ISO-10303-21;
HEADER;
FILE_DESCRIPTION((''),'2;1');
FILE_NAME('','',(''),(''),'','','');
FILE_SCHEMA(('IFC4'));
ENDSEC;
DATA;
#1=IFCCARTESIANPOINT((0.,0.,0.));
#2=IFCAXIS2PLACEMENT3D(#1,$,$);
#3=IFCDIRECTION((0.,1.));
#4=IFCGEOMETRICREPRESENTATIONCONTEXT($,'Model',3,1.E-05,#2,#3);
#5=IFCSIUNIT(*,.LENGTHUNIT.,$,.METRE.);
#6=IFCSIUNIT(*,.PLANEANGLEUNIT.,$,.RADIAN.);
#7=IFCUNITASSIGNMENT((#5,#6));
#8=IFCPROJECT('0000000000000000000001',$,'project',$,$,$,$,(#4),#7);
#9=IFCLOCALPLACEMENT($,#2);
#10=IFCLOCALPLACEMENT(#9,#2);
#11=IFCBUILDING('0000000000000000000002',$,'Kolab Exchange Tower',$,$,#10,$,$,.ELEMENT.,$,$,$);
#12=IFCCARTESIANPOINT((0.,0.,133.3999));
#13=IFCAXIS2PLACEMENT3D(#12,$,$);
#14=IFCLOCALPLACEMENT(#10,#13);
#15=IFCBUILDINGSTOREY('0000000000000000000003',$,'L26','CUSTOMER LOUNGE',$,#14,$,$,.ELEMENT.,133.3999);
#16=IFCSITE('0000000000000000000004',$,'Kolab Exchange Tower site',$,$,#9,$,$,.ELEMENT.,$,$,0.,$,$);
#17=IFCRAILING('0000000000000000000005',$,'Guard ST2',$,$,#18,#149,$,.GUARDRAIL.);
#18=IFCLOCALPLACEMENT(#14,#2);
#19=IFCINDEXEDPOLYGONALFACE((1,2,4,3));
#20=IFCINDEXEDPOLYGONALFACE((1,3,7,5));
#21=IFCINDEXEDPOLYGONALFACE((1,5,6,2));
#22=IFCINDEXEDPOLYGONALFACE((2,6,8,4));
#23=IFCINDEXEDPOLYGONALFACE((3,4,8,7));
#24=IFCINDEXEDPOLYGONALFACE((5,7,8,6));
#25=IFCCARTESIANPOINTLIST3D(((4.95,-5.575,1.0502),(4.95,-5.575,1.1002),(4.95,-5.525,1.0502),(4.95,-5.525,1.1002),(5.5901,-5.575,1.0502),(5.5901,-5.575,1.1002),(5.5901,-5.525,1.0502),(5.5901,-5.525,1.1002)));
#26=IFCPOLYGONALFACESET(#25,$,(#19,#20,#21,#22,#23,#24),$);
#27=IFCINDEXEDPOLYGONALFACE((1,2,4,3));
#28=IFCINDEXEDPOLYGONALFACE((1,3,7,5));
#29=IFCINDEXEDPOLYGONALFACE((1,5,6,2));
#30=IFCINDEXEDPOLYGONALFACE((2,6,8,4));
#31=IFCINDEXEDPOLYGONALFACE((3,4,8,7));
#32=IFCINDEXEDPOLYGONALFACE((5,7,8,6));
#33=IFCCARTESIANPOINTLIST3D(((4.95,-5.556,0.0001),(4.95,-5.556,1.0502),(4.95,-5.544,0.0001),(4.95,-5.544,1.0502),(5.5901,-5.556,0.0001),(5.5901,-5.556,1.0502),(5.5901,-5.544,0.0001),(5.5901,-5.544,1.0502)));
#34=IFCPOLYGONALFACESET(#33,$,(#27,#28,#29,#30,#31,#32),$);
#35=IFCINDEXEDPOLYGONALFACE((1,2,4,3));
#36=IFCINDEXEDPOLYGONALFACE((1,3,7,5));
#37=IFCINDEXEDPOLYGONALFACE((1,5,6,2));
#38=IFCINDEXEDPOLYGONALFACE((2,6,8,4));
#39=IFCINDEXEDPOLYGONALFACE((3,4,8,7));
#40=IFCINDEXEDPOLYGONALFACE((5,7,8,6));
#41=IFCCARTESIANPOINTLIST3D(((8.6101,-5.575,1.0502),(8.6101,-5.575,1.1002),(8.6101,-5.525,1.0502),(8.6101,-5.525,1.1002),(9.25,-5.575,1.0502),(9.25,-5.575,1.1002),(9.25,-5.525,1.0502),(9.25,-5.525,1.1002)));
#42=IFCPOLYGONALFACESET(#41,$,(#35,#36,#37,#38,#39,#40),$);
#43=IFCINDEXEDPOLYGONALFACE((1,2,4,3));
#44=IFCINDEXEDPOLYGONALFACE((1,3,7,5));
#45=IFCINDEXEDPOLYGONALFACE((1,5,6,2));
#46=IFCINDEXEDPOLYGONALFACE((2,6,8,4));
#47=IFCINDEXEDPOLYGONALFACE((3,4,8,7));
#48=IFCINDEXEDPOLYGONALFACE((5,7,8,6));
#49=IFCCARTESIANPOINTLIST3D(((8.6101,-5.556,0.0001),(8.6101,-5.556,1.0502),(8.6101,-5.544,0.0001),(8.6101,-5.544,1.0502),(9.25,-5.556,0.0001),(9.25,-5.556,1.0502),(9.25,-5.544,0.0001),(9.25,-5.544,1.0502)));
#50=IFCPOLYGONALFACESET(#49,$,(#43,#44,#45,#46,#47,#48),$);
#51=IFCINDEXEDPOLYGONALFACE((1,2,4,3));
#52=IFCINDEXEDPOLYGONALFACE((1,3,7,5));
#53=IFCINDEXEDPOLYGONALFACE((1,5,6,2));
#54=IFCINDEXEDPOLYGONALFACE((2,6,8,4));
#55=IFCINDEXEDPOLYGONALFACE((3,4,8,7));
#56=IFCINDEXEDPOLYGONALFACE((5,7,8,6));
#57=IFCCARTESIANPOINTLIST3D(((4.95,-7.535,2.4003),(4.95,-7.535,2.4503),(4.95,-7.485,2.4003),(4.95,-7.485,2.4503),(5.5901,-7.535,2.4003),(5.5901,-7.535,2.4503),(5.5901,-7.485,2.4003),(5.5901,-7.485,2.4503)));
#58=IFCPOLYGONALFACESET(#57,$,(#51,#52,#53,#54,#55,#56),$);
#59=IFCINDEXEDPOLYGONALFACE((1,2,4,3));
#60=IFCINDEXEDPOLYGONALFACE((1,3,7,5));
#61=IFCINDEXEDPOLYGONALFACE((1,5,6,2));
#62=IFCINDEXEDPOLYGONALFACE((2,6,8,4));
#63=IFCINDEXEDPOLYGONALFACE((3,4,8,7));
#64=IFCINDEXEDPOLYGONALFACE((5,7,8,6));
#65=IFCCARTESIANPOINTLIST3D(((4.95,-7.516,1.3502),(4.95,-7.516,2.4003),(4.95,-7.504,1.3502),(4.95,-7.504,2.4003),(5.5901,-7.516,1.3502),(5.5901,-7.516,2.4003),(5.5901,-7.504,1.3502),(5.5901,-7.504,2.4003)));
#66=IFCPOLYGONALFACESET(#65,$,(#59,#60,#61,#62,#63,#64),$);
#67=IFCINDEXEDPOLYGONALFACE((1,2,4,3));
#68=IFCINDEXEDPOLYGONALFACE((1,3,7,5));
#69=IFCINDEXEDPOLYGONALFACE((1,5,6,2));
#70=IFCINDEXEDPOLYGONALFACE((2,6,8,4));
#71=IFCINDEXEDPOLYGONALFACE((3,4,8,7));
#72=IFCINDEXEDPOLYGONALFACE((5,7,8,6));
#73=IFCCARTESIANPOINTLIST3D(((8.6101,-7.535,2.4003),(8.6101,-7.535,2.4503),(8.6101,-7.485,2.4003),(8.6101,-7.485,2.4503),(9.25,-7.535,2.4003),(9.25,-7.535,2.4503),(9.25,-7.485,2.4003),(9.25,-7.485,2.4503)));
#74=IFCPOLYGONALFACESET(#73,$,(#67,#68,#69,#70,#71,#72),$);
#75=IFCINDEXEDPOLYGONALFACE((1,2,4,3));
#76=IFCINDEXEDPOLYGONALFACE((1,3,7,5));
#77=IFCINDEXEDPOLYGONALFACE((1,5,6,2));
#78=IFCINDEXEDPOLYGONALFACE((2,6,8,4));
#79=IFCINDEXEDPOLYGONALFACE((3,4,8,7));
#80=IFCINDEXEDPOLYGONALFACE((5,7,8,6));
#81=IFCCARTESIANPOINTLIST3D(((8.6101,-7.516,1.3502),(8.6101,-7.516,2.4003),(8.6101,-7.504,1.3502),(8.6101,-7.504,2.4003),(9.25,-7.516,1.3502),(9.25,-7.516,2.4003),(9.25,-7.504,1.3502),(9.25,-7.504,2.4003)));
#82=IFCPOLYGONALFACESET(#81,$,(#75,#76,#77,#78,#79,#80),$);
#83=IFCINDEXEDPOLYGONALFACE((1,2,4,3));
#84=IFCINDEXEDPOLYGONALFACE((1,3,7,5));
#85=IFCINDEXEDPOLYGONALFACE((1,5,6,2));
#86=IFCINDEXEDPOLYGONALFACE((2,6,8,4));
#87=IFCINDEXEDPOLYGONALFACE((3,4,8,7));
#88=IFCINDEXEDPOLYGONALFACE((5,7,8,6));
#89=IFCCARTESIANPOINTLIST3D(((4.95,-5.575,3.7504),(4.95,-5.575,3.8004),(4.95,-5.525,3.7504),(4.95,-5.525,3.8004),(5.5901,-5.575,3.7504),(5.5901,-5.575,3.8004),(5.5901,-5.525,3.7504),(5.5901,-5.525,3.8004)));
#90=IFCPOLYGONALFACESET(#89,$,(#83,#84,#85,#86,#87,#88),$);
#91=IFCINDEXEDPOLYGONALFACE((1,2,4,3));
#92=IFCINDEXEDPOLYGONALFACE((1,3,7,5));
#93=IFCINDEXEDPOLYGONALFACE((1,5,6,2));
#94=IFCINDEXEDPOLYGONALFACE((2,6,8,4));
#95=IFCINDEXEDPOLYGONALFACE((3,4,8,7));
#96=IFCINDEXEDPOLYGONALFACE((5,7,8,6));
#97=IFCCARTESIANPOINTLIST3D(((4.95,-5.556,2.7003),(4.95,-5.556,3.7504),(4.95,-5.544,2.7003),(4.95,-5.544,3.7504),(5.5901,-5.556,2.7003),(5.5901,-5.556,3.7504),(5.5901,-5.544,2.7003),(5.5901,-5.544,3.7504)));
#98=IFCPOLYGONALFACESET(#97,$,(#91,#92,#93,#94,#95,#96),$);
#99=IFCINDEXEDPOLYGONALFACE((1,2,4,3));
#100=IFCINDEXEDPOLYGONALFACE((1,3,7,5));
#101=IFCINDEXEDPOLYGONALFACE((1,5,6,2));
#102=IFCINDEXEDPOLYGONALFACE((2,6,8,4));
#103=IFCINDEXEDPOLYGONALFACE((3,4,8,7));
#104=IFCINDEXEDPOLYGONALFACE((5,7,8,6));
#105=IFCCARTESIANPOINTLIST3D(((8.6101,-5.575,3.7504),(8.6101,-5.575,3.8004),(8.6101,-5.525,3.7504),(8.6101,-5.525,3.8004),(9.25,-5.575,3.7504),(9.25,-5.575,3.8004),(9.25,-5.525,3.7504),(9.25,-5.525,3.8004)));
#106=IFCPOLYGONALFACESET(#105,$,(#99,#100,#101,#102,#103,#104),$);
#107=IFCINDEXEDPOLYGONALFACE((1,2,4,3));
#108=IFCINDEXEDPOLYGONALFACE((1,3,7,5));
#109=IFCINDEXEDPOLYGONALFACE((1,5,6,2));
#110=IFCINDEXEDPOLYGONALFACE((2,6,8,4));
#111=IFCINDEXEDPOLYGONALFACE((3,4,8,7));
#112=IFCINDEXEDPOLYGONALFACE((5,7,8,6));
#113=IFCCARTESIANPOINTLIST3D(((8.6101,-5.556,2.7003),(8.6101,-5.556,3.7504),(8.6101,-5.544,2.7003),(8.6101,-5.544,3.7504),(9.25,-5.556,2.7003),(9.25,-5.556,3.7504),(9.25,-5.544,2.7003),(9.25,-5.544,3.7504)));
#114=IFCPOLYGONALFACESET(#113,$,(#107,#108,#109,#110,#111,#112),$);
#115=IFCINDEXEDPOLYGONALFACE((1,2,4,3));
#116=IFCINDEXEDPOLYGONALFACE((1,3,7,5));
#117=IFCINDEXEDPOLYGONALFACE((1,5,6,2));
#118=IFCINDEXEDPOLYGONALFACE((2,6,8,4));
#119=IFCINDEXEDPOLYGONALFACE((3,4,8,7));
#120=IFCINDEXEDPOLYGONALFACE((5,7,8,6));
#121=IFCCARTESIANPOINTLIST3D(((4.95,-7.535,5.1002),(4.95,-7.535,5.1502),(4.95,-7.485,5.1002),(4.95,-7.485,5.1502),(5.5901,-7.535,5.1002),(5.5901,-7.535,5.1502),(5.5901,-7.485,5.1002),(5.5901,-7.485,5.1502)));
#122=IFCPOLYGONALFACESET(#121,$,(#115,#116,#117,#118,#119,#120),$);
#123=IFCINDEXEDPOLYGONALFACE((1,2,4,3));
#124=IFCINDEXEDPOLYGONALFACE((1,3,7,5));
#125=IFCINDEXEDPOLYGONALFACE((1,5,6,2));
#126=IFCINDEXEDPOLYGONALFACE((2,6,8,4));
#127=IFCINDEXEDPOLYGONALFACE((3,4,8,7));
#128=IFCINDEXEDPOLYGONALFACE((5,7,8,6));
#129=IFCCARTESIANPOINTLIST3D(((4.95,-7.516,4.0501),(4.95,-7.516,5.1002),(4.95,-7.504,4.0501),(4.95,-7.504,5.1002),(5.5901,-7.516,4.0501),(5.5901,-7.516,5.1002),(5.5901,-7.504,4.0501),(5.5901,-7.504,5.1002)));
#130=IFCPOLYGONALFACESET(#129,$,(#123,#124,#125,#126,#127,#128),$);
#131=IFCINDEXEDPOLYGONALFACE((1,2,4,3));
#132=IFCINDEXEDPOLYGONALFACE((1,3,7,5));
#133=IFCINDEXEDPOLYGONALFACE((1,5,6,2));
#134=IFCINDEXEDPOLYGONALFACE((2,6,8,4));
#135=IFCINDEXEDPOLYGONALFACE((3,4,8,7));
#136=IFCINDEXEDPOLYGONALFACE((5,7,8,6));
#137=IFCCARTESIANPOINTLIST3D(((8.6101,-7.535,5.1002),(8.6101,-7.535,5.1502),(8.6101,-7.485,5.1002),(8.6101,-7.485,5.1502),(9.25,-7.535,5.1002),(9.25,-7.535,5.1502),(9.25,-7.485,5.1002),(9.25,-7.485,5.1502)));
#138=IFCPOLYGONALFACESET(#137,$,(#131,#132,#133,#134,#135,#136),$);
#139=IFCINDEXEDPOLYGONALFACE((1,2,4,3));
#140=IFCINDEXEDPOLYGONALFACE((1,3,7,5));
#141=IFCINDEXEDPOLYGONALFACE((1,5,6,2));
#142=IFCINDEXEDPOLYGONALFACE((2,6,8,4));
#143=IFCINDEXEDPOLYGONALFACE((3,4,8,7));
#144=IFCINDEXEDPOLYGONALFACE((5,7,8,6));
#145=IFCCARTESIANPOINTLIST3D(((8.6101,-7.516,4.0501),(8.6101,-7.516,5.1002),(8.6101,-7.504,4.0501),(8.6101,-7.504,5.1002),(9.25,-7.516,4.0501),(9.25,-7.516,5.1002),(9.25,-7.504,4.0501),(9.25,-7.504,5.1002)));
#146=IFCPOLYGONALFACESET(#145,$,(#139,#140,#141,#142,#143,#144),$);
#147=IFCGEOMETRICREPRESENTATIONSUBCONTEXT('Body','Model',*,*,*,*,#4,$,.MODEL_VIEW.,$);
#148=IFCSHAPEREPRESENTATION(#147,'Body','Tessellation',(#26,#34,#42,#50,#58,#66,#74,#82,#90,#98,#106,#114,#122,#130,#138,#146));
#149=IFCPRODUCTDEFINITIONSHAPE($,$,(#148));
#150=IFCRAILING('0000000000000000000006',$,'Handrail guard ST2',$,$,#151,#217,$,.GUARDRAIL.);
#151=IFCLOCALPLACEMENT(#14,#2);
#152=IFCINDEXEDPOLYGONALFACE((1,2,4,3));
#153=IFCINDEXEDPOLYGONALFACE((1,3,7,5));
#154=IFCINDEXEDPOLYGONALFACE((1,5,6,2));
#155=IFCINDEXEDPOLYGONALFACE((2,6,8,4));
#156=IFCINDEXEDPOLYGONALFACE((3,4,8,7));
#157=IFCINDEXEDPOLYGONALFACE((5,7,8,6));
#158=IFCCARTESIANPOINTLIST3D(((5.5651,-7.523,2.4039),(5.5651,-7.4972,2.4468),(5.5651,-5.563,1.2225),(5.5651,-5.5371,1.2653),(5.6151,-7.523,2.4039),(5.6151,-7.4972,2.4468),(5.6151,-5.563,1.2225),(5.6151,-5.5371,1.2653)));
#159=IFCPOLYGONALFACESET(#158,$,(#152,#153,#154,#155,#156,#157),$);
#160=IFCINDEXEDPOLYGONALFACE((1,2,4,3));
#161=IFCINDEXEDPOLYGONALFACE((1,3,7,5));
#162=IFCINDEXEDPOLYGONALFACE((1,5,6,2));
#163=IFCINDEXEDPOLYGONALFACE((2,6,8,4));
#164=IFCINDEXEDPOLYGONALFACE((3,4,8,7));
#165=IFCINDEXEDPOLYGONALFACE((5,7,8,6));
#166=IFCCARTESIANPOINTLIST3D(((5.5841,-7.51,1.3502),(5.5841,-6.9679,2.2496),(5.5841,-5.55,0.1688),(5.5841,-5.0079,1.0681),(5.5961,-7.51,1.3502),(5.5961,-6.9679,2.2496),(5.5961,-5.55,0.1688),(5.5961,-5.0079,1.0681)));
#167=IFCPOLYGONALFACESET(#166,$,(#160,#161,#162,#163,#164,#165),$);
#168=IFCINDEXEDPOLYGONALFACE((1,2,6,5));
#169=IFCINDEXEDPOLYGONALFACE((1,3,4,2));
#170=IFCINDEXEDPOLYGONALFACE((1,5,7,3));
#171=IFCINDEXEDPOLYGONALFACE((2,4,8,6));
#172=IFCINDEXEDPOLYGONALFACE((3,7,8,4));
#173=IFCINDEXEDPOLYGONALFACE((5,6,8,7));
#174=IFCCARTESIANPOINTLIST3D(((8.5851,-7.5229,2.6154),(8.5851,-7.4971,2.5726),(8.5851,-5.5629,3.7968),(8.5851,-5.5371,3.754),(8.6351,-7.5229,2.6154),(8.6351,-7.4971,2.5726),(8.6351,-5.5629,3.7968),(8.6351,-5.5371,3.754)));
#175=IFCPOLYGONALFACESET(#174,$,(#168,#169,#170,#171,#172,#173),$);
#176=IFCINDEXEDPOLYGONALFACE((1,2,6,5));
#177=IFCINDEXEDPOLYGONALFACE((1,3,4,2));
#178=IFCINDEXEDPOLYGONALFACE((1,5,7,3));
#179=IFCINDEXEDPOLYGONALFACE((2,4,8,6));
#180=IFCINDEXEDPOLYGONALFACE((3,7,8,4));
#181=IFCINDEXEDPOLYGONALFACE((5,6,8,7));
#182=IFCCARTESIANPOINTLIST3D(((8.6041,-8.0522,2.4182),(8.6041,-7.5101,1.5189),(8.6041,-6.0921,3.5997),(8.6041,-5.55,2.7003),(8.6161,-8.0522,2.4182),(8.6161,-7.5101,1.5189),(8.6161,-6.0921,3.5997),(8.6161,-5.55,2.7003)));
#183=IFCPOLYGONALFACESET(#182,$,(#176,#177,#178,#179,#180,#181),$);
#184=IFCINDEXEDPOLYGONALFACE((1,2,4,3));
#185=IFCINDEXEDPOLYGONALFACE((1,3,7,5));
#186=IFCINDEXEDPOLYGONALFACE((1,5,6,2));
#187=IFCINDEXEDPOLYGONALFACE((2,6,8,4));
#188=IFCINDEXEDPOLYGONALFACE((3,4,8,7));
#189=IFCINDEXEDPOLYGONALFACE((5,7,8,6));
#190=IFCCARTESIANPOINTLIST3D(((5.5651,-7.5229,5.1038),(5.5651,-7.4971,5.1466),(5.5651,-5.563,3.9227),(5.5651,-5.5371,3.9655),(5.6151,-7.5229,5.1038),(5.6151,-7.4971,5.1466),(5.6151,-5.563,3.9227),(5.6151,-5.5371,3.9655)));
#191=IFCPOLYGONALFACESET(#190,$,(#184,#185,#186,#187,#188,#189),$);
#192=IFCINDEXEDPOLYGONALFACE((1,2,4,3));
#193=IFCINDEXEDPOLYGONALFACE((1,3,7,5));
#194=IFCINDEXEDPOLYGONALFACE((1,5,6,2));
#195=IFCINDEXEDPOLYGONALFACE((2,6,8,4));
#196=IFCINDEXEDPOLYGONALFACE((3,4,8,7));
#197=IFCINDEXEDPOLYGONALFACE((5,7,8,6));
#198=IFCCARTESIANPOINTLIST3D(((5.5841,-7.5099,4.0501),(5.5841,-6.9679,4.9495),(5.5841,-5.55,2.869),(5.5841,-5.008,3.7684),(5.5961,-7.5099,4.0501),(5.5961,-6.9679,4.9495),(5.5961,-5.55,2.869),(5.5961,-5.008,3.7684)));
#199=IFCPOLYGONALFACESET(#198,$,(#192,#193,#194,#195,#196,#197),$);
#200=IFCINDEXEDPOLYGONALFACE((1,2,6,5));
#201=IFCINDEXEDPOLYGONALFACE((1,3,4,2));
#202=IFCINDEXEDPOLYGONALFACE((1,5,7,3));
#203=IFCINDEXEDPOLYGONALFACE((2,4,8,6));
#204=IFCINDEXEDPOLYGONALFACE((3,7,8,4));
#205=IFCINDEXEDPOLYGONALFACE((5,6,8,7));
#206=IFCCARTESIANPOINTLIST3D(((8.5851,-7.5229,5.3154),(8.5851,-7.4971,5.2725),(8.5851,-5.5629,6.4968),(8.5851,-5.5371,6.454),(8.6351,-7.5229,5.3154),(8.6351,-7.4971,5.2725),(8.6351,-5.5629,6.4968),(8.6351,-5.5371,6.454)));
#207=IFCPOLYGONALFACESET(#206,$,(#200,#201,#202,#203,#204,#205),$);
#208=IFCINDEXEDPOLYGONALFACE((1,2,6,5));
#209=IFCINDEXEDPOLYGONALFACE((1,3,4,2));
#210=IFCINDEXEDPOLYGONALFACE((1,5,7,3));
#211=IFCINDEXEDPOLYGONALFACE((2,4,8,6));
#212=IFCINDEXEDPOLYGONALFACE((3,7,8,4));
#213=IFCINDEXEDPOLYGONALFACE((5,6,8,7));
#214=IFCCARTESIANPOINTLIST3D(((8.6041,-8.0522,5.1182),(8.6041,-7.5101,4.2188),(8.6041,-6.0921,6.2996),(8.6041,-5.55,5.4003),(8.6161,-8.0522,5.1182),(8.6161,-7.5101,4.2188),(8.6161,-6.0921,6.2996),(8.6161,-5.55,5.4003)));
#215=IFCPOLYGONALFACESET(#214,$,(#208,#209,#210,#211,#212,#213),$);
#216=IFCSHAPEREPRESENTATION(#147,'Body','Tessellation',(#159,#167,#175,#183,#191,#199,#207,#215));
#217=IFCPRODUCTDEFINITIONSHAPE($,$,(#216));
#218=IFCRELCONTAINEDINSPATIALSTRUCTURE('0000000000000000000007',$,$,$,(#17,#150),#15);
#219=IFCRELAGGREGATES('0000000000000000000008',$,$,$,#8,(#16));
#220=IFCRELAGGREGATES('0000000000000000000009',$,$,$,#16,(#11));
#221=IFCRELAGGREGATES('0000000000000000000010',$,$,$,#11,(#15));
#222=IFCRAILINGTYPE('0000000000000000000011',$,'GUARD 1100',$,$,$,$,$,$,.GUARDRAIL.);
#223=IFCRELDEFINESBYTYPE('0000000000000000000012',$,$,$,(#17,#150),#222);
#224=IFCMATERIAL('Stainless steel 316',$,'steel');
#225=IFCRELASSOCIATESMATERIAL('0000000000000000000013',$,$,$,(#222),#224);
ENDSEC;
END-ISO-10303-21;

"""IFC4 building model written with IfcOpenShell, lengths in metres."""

from ifc_helpers import new_model, si_unit, direction, frame, frame_2d, origin, origin_2d, place, context, subcontext, project, spatial, rectangle, extrude, material, type_object, element, save


model = new_model("IFC4")

# Units and contexts
model_context = context("Model", 3, precision=1e-05, world=origin(), true_north=direction((0.0, 1.0)))
body_context = subcontext(model_context, "Body", "Model", "MODEL_VIEW")
ifc_project = project(units=[si_unit("LENGTHUNIT", "METRE"), si_unit("PLANEANGLEUNIT", "RADIAN")], contexts=[model_context])

# Site, building, storey
site_placement = place(None, origin())
site = spatial("IfcSite", under=ifc_project, at=site_placement, Name="Kolab Exchange Tower site", CompositionType="ELEMENT", RefElevation=0.0)
building_placement = place(site_placement, origin())
building = spatial("IfcBuilding", under=site, at=building_placement, Name="Kolab Exchange Tower", CompositionType="ELEMENT")
storey_placement = place(building_placement, frame((0.0, 0.0, 133.3999)))
storey = spatial("IfcBuildingStorey", under=building, at=storey_placement, Name="L26", Description="CUSTOMER LOUNGE", CompositionType="ELEMENT", Elevation=133.3999)

# Shared definitions
ifc_material_1 = material(Name="Stainless steel 316", Category="steel")

# Railings
railing_type = type_object("IfcRailingType", Name="GUARD 1100", PredefinedType="GUARDRAIL", material=ifc_material_1)
railing_1_placement = place(storey_placement, frame((4.95, -5.55, 0.0)))
element("IfcRailing", 1, at=railing_1_placement, inside=storey, type_object=railing_type, Name="Guard ST2", PredefinedType="GUARDRAIL", context=body_context, shape_type="SweptSolid", body=[
    extrude(rectangle(XDim=0.05, YDim=0.05, at=origin_2d()), frame((0.0, 0.0, 1.0752), z_axis=(1.0, 0.0, 0.0), x_axis=(0.0, 1.0, 0.0)), (0.0, 0.0, 1.0), 0.6401),
    extrude(rectangle(XDim=0.012, YDim=1.0501, at=frame_2d((0.0, 0.5251))), frame((0.0, 0.0, 0.0), z_axis=(1.0, 0.0, 0.0), x_axis=(0.0, 1.0, 0.0)), (0.0, 0.0, 1.0), 0.6401),
    extrude(rectangle(XDim=0.05, YDim=0.05, at=origin_2d()), frame((3.6602, 0.0, 1.0752), z_axis=(1.0, 0.0, 0.0), x_axis=(0.0, 1.0, 0.0)), (0.0, 0.0, 1.0), 0.6399),
    extrude(rectangle(XDim=0.012, YDim=1.0501, at=frame_2d((0.0, 0.5251))), frame((3.6602, 0.0, 0.0), z_axis=(1.0, 0.0, 0.0), x_axis=(0.0, 1.0, 0.0)), (0.0, 0.0, 1.0), 0.6399),
    extrude(rectangle(XDim=0.05, YDim=0.05, at=origin_2d()), frame((0.0, -1.96, 2.4253), z_axis=(1.0, 0.0, 0.0), x_axis=(0.0, 1.0, 0.0)), (0.0, 0.0, 1.0), 0.6401),
    extrude(rectangle(XDim=0.012, YDim=1.0501, at=frame_2d((0.0, 0.5251))), frame((0.0, -1.96, 1.3501), z_axis=(1.0, 0.0, 0.0), x_axis=(0.0, 1.0, 0.0)), (0.0, 0.0, 1.0), 0.6401),
    extrude(rectangle(XDim=0.05, YDim=0.05, at=origin_2d()), frame((3.6602, -1.96, 2.4253), z_axis=(1.0, 0.0, 0.0), x_axis=(0.0, 1.0, 0.0)), (0.0, 0.0, 1.0), 0.6399),
    extrude(rectangle(XDim=0.012, YDim=1.0501, at=frame_2d((0.0, 0.5251))), frame((3.6602, -1.96, 1.3501), z_axis=(1.0, 0.0, 0.0), x_axis=(0.0, 1.0, 0.0)), (0.0, 0.0, 1.0), 0.6399),
    extrude(rectangle(XDim=0.05, YDim=0.05, at=origin_2d()), frame((0.0, 0.0, 3.7754), z_axis=(1.0, 0.0, 0.0), x_axis=(0.0, 1.0, 0.0)), (0.0, 0.0, 1.0), 0.6401),
    extrude(rectangle(XDim=0.012, YDim=1.0501, at=frame_2d((0.0, 0.5251))), frame((0.0, 0.0, 2.7002), z_axis=(1.0, 0.0, 0.0), x_axis=(0.0, 1.0, 0.0)), (0.0, 0.0, 1.0), 0.6401),
    extrude(rectangle(XDim=0.05, YDim=0.05, at=origin_2d()), frame((3.6602, 0.0, 3.7754), z_axis=(1.0, 0.0, 0.0), x_axis=(0.0, 1.0, 0.0)), (0.0, 0.0, 1.0), 0.6399),
    extrude(rectangle(XDim=0.012, YDim=1.0501, at=frame_2d((0.0, 0.5251))), frame((3.6602, 0.0, 2.7002), z_axis=(1.0, 0.0, 0.0), x_axis=(0.0, 1.0, 0.0)), (0.0, 0.0, 1.0), 0.6399),
    extrude(rectangle(XDim=0.05, YDim=0.05, at=origin_2d()), frame((0.0, -1.96, 5.1252), z_axis=(1.0, 0.0, 0.0), x_axis=(0.0, 1.0, 0.0)), (0.0, 0.0, 1.0), 0.6401),
    extrude(rectangle(XDim=0.012, YDim=1.0501, at=frame_2d((0.0, 0.5251))), frame((0.0, -1.96, 4.05), z_axis=(1.0, 0.0, 0.0), x_axis=(0.0, 1.0, 0.0)), (0.0, 0.0, 1.0), 0.6401),
    extrude(rectangle(XDim=0.05, YDim=0.05, at=origin_2d()), frame((3.6602, -1.96, 5.1252), z_axis=(1.0, 0.0, 0.0), x_axis=(0.0, 1.0, 0.0)), (0.0, 0.0, 1.0), 0.6399),
    extrude(rectangle(XDim=0.012, YDim=1.0501, at=frame_2d((0.0, 0.5251))), frame((3.6602, -1.96, 4.05), z_axis=(1.0, 0.0, 0.0), x_axis=(0.0, 1.0, 0.0)), (0.0, 0.0, 1.0), 0.6399),
])
railing_2_placement = place(storey_placement, frame((5.5901, -5.55, 0.1687)))
element("IfcRailing", 2, at=railing_2_placement, inside=storey, type_object=railing_type, Name="Handrail guard ST2", PredefinedType="GUARDRAIL", context=body_context, shape_type="SweptSolid", body=[
    extrude(rectangle(XDim=0.05, YDim=0.05, at=origin_2d()), frame((0.0, 0.0, 1.0752), z_axis=(0.0, -0.856446, 0.516236), x_axis=(1.0, 0.0, 0.0)), (0.0, 0.0, 1.0), 2.2886),
    extrude(rectangle(XDim=0.012, YDim=1.0501, at=frame_2d((0.0, 0.5251))), frame((0.0, 0.0, 0.0), z_axis=(0.0, -0.856446, 0.516236), x_axis=(1.0, 0.0, 0.0)), (0.0, 0.0, 1.0), 2.2886),
    extrude(rectangle(XDim=0.05, YDim=0.05, at=origin_2d()), frame((3.02, -1.96, 2.4253), z_axis=(0.0, 0.856446, 0.516236), x_axis=(-1.0, 0.0, 0.0)), (0.0, 0.0, 1.0), 2.2886),
    extrude(rectangle(XDim=0.012, YDim=1.0501, at=frame_2d((0.0, 0.5251))), frame((3.02, -1.96, 1.3501), z_axis=(0.0, 0.856446, 0.516236), x_axis=(-1.0, 0.0, 0.0)), (0.0, 0.0, 1.0), 2.2886),
    extrude(rectangle(XDim=0.05, YDim=0.05, at=origin_2d()), frame((0.0, 0.0, 3.7754), z_axis=(0.0, -0.856493, 0.516158), x_axis=(1.0, 0.0, 0.0)), (0.0, 0.0, 1.0), 2.2883),
    extrude(rectangle(XDim=0.012, YDim=1.0501, at=frame_2d((0.0, 0.5251))), frame((0.0, 0.0, 2.7002), z_axis=(0.0, -0.856493, 0.516158), x_axis=(1.0, 0.0, 0.0)), (0.0, 0.0, 1.0), 2.2883),
    extrude(rectangle(XDim=0.05, YDim=0.05, at=origin_2d()), frame((3.02, -1.96, 5.1252), z_axis=(0.0, 0.856446, 0.516236), x_axis=(-1.0, 0.0, 0.0)), (0.0, 0.0, 1.0), 2.2886),
    extrude(rectangle(XDim=0.012, YDim=1.0501, at=frame_2d((0.0, 0.5251))), frame((3.02, -1.96, 4.05), z_axis=(0.0, 0.856446, 0.516236), x_axis=(-1.0, 0.0, 0.0)), (0.0, 0.0, 1.0), 2.2886),
])

save(model, "model.ifc")
